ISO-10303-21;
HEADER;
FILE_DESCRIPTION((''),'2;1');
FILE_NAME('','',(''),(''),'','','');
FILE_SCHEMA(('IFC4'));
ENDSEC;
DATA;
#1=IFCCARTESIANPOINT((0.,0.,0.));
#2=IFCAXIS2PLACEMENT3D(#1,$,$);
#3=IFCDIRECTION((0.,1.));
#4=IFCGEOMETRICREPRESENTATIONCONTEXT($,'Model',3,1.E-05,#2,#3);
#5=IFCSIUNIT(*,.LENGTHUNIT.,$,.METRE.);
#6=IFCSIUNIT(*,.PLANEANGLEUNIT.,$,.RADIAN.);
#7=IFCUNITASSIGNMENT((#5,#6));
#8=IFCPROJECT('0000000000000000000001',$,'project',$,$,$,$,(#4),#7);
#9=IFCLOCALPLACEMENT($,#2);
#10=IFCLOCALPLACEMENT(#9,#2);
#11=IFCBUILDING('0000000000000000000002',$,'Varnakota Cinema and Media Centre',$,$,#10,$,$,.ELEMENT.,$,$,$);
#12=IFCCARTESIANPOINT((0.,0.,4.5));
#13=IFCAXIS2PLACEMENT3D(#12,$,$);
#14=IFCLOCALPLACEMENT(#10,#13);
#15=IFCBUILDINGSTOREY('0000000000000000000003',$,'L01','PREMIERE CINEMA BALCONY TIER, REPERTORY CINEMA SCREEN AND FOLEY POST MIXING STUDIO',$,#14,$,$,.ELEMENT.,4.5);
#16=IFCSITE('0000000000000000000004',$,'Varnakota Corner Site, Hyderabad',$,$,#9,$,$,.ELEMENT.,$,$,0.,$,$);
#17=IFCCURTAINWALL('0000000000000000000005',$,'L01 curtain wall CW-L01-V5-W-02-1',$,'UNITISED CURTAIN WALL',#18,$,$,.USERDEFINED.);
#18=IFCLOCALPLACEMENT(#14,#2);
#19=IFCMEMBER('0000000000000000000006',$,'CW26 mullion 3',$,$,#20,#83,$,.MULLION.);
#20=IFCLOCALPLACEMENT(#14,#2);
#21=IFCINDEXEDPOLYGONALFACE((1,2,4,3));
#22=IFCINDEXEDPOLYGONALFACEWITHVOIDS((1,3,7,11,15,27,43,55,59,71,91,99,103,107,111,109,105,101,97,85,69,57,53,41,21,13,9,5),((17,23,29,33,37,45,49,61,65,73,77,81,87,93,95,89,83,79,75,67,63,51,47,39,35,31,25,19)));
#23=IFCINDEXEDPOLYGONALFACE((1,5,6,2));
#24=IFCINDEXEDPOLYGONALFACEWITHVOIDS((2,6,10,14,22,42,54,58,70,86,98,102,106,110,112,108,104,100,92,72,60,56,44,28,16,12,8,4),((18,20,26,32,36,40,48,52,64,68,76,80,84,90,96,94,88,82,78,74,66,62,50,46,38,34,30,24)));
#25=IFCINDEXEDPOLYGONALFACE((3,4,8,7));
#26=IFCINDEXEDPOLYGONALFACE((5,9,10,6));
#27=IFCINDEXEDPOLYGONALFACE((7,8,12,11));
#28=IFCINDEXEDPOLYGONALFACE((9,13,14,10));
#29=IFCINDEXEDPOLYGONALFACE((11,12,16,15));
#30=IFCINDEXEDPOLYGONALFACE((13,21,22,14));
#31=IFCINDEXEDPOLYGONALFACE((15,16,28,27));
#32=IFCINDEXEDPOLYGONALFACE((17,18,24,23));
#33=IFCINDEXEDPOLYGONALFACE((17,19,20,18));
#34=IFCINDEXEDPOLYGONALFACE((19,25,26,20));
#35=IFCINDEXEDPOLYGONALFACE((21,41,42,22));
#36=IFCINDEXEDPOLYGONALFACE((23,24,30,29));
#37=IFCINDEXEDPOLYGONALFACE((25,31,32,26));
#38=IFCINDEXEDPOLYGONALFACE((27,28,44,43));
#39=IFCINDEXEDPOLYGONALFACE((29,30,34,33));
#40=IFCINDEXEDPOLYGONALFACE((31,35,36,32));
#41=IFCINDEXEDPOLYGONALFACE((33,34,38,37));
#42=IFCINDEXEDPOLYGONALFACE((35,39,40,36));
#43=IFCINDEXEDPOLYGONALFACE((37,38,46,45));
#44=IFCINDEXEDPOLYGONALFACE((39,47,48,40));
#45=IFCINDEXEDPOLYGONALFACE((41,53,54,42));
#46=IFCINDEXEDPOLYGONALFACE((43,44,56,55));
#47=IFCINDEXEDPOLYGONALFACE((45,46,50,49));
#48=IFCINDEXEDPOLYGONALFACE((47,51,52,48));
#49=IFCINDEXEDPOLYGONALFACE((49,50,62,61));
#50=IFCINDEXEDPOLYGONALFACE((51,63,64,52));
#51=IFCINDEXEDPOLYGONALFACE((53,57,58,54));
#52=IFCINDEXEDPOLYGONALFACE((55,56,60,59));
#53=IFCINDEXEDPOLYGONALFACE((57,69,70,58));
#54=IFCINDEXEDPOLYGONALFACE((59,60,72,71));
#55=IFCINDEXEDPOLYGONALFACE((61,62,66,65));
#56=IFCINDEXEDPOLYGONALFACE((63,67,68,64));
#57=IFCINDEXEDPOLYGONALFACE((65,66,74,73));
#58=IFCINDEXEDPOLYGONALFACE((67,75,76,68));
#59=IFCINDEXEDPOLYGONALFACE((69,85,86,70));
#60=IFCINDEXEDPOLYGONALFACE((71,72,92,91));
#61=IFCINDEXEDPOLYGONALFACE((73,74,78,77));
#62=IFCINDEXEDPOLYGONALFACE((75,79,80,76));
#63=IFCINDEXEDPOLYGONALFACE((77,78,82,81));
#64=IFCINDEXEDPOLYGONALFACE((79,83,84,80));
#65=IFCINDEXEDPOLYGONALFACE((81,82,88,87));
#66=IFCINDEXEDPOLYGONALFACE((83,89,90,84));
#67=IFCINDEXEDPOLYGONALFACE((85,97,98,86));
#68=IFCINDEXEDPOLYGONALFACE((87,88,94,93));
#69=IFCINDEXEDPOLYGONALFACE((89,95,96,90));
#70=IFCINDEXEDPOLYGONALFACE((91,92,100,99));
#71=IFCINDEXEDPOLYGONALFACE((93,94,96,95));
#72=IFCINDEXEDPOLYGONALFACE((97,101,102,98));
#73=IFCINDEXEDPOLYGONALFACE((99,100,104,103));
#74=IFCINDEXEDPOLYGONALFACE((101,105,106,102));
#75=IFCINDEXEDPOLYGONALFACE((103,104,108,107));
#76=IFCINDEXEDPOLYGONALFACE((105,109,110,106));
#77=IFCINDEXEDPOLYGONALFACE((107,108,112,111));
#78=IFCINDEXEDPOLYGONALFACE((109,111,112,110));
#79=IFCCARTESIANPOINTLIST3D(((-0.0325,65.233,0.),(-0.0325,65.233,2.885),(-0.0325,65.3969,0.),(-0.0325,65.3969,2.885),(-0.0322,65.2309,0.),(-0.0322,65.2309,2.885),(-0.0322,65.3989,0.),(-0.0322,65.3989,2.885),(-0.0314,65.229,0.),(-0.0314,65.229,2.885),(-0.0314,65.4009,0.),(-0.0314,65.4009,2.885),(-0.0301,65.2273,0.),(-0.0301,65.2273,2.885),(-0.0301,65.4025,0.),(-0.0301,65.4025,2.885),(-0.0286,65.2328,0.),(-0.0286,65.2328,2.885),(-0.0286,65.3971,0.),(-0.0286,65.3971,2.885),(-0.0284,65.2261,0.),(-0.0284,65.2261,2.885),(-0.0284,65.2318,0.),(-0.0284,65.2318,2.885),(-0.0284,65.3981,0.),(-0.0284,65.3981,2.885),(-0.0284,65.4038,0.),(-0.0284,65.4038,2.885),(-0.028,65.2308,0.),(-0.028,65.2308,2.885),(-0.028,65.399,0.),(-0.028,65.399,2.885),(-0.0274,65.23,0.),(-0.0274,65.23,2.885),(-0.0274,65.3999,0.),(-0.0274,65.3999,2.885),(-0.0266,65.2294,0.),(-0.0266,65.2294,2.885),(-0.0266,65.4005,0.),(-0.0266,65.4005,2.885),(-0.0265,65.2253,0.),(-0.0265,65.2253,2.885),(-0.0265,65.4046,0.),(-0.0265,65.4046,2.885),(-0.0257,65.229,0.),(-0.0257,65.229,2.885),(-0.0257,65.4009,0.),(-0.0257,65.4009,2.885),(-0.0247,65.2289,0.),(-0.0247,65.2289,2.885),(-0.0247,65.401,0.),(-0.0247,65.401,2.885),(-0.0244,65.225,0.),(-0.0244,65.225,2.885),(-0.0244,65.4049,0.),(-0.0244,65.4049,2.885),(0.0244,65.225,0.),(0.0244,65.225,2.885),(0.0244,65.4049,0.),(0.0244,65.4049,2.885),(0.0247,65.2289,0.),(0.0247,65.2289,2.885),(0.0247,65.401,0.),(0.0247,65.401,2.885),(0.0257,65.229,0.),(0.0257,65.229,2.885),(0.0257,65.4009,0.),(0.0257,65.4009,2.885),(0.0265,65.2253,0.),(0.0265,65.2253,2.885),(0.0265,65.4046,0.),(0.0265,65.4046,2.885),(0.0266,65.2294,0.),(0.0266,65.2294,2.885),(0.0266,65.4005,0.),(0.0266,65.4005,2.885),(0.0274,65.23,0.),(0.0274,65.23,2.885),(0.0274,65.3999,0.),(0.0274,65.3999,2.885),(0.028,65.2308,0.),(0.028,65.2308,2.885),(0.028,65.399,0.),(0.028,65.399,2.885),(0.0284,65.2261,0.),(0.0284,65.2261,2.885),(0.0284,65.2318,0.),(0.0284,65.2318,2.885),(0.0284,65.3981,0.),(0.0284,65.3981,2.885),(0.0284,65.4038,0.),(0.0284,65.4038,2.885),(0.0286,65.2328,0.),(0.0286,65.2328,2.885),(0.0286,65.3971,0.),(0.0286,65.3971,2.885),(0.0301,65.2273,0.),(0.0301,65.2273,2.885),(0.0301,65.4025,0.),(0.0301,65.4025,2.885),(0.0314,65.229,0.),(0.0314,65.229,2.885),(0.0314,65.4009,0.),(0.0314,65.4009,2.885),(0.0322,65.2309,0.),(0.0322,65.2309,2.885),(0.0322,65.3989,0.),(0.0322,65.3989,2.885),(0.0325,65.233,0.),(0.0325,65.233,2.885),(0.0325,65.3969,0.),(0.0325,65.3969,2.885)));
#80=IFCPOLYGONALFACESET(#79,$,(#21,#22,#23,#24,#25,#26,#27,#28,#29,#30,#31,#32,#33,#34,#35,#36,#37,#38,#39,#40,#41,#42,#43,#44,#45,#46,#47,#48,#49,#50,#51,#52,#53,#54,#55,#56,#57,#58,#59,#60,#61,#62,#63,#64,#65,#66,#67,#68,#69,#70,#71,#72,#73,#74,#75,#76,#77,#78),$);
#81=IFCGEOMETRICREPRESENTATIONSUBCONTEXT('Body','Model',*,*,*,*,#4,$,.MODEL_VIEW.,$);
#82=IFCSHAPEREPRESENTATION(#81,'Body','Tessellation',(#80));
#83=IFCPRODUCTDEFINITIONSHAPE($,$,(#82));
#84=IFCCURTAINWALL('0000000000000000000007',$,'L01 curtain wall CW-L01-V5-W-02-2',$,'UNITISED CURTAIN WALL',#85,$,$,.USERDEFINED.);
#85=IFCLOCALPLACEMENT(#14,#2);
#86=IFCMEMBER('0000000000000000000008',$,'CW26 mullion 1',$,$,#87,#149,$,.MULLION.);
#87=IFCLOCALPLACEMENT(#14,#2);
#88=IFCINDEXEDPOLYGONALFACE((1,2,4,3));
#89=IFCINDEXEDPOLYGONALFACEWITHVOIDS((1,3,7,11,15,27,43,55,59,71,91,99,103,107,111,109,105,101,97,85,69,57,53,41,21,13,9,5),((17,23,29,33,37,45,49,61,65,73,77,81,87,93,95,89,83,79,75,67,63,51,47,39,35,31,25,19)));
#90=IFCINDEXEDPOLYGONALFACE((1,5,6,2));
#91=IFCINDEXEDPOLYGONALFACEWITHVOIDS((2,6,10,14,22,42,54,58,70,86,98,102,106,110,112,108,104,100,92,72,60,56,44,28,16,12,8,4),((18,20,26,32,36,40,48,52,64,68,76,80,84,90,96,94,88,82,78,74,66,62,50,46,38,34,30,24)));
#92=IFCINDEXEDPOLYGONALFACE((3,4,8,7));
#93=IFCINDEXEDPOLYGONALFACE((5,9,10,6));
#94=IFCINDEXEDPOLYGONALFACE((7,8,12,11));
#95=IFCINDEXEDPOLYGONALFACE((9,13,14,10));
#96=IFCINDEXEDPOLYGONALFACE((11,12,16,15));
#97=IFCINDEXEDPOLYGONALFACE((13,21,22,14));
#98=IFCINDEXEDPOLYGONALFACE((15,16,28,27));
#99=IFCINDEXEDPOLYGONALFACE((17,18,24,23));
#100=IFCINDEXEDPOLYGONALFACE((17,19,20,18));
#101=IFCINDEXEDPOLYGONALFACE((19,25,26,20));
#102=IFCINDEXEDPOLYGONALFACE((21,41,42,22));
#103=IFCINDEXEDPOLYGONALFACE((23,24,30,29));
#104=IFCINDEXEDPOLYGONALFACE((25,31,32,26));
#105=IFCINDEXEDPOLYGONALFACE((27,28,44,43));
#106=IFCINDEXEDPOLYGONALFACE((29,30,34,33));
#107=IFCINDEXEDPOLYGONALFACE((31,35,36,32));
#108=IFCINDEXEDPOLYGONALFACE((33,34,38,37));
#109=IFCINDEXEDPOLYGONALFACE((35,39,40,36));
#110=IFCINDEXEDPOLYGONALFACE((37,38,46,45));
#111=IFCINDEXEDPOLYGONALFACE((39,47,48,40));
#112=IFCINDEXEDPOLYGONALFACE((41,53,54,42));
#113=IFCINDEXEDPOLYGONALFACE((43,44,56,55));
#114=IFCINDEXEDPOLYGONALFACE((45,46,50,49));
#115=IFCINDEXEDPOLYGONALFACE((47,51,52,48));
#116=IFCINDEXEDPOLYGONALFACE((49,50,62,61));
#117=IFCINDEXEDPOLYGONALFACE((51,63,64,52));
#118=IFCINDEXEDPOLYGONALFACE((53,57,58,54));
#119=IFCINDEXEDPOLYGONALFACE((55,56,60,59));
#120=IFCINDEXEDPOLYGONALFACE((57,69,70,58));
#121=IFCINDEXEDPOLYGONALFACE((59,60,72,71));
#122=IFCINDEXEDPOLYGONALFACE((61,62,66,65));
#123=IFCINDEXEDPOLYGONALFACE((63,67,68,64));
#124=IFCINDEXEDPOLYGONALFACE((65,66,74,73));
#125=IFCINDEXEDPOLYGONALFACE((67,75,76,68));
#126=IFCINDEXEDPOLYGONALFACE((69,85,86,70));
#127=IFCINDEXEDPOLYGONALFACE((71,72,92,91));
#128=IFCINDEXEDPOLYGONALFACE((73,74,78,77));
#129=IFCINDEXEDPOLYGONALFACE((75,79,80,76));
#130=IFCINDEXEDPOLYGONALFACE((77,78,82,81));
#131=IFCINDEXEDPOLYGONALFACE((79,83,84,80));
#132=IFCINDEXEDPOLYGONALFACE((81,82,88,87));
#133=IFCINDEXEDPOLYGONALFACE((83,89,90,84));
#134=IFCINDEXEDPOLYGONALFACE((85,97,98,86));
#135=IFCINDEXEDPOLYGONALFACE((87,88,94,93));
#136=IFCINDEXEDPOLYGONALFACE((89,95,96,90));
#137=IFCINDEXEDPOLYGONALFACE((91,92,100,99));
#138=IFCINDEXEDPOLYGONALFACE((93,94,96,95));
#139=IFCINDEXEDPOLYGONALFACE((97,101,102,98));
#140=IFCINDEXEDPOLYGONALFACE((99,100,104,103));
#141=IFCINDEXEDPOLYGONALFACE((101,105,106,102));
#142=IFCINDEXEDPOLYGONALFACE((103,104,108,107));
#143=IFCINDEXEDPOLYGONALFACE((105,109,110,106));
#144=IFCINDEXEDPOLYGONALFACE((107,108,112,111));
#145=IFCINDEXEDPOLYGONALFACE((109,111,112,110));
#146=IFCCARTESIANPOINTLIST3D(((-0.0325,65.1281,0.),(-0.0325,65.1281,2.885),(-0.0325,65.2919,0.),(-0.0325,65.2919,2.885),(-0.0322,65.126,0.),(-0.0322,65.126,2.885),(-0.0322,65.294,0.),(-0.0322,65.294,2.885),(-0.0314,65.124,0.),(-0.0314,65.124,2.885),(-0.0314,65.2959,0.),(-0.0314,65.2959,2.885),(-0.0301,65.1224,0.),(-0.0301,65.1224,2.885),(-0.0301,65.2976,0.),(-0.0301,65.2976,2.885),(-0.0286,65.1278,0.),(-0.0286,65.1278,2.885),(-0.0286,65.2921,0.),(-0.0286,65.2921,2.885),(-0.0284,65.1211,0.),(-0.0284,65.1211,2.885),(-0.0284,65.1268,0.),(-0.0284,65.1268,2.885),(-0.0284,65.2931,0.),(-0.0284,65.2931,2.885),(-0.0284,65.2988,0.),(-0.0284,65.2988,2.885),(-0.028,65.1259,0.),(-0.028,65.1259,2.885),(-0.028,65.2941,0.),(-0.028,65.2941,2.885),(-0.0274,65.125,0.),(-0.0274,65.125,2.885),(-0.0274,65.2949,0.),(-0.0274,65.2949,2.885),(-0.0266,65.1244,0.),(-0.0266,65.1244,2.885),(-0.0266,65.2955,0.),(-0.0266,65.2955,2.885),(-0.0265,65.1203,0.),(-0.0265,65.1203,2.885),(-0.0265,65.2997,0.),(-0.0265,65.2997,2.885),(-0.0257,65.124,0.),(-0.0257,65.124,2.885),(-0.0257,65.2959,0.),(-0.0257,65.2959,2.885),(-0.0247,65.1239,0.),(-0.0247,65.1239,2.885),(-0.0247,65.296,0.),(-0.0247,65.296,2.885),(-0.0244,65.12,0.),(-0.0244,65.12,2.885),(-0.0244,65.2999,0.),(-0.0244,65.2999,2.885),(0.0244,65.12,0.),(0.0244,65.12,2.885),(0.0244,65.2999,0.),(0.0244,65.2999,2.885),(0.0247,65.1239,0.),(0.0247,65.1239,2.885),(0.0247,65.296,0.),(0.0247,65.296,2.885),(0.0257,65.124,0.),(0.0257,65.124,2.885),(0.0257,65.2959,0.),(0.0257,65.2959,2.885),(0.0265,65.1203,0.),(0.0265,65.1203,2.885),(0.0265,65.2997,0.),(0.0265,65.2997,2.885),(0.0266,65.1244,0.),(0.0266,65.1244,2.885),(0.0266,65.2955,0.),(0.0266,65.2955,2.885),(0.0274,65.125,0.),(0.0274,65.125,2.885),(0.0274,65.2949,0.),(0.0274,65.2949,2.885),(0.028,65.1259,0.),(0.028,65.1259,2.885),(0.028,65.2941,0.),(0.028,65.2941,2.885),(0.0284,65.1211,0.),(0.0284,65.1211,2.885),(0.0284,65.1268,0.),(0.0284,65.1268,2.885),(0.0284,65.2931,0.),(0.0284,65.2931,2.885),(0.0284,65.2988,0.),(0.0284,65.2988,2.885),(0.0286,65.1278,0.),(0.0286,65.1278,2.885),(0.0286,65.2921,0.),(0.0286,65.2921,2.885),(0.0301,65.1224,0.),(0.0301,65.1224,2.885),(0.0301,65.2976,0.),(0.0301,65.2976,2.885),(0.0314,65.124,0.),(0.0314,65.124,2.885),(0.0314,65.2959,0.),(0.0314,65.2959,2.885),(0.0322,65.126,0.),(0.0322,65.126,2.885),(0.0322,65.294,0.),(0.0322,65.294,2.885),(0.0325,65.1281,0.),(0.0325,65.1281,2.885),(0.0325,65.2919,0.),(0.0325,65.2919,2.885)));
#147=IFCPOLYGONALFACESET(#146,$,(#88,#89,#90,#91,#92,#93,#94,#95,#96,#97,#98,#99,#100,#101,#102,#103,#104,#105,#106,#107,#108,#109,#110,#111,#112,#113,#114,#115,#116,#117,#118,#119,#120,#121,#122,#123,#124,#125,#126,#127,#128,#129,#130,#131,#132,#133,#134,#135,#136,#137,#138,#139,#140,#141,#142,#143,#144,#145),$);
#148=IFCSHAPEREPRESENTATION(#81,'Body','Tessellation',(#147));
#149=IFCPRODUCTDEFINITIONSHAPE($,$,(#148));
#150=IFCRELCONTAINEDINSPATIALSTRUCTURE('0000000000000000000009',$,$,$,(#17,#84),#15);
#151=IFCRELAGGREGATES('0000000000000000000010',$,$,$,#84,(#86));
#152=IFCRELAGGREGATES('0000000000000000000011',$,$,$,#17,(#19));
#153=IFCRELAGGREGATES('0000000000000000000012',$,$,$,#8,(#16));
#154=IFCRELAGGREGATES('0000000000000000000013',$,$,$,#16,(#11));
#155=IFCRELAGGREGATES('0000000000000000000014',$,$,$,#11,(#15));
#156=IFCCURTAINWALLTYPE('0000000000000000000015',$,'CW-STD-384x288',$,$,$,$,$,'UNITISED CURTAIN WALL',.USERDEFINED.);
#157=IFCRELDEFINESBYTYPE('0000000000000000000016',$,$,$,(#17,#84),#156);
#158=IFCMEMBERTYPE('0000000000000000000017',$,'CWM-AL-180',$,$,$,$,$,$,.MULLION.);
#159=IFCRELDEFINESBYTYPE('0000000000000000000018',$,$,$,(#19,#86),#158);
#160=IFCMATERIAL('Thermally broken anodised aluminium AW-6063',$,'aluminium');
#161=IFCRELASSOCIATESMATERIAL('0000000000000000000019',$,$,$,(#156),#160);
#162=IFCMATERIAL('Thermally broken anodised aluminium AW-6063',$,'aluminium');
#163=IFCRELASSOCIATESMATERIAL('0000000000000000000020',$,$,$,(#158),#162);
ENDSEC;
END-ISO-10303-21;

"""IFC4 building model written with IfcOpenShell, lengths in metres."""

from ifc_helpers import new_model, si_unit, direction, frame, origin, origin_2d, place, context, subcontext, project, spatial, hollow_rectangle, extrude, material, material_profile, profile_set, type_object, element, aggregate, save


model = new_model("IFC4")

# Units and contexts
model_context = context("Model", 3, precision=1e-05, world=origin(), true_north=direction((0.0, 1.0)))
body_context = subcontext(model_context, "Body", "Model", "MODEL_VIEW")
ifc_project = project(units=[si_unit("LENGTHUNIT", "METRE"), si_unit("PLANEANGLEUNIT", "RADIAN")], contexts=[model_context])

# Site, building, storey
site_placement = place(None, origin())
site = spatial("IfcSite", under=ifc_project, at=site_placement, Name="Varnakota Corner Site, Hyderabad", CompositionType="ELEMENT", RefElevation=0.0)
building_placement = place(site_placement, origin())
building = spatial("IfcBuilding", under=site, at=building_placement, Name="Varnakota Cinema and Media Centre", CompositionType="ELEMENT")
storey_placement = place(building_placement, frame((0.0, 0.0, 4.5)))
storey = spatial("IfcBuildingStorey", under=building, at=storey_placement, Name="L01", Description="PREMIERE CINEMA BALCONY TIER, REPERTORY CINEMA SCREEN AND FOLEY POST MIXING STUDIO", CompositionType="ELEMENT", Elevation=4.5)

# Curtain wall, member
ifc_material_1 = material(Name="Thermally broken anodised aluminium AW-6063", Category="aluminium")
curtain_wall_type = type_object("IfcCurtainWallType", Name="CW-STD-384x288", ElementType="UNITISED CURTAIN WALL", PredefinedType="USERDEFINED", material=ifc_material_1)
curtain_wall_1_placement = place(storey_placement, origin())
curtain_wall_1 = element("IfcCurtainWall", 1, at=curtain_wall_1_placement, inside=storey, type_object=curtain_wall_type, Name="L01 curtain wall CW-L01-V5-W-02-1", ObjectType="UNITISED CURTAIN WALL", PredefinedType="USERDEFINED")
ifc_material_2 = material(Name="Thermally broken anodised aluminium AW-6063", Category="aluminium")
ifc_material_profile_1 = material_profile(ifc_material_2, hollow_rectangle(XDim=0.0649, YDim=0.1799, WallThickness=0.0039, InnerFilletRadius=0.0039, OuterFilletRadius=0.0081, at=origin_2d()), Name="AL-MULLION 180x65x4")
ifc_profile_set_1 = profile_set([ifc_material_profile_1], Name="Thermally broken anodised aluminium AW-6063")
member_type_1 = type_object("IfcMemberType", Name="CWM-AL-180", PredefinedType="MULLION", material=ifc_profile_set_1)
member_1_placement = place(storey_placement, frame((0.0, 65.3149, 0.0), z_axis=(0.0, 0.0, 1.0), x_axis=(1.0, 0.0, 0.0)))
member_1 = element("IfcMember", 2, at=member_1_placement, type_object=member_type_1, Name="CW26 mullion 3", PredefinedType="MULLION", context=body_context, shape_type="SweptSolid", body=[
    extrude(hollow_rectangle(XDim=0.0649, YDim=0.1799, WallThickness=0.0039, InnerFilletRadius=0.0039, OuterFilletRadius=0.0081, at=origin_2d()), origin(), (0.0, 0.0, 1.0), 2.885),
])

# Curtain wall, member
curtain_wall_2_placement = place(storey_placement, origin())
curtain_wall_2 = element("IfcCurtainWall", 3, at=curtain_wall_2_placement, inside=storey, type_object=curtain_wall_type, Name="L01 curtain wall CW-L01-V5-W-02-2", ObjectType="UNITISED CURTAIN WALL", PredefinedType="USERDEFINED")
member_2_placement = place(storey_placement, frame((0.0, 65.21, 0.0), z_axis=(0.0, 0.0, 1.0), x_axis=(1.0, 0.0, 0.0)))
member_2 = element("IfcMember", 4, at=member_2_placement, type_object=member_type_1, Name="CW26 mullion 1", PredefinedType="MULLION", context=body_context, shape_type="SweptSolid", body=[
    extrude(hollow_rectangle(XDim=0.0649, YDim=0.1799, WallThickness=0.0039, InnerFilletRadius=0.0039, OuterFilletRadius=0.0081, at=origin_2d()), origin(), (0.0, 0.0, 1.0), 2.885),
])
aggregate(curtain_wall_2, [member_2])

aggregate(curtain_wall_1, [member_1])

save(model, "model.ifc")
